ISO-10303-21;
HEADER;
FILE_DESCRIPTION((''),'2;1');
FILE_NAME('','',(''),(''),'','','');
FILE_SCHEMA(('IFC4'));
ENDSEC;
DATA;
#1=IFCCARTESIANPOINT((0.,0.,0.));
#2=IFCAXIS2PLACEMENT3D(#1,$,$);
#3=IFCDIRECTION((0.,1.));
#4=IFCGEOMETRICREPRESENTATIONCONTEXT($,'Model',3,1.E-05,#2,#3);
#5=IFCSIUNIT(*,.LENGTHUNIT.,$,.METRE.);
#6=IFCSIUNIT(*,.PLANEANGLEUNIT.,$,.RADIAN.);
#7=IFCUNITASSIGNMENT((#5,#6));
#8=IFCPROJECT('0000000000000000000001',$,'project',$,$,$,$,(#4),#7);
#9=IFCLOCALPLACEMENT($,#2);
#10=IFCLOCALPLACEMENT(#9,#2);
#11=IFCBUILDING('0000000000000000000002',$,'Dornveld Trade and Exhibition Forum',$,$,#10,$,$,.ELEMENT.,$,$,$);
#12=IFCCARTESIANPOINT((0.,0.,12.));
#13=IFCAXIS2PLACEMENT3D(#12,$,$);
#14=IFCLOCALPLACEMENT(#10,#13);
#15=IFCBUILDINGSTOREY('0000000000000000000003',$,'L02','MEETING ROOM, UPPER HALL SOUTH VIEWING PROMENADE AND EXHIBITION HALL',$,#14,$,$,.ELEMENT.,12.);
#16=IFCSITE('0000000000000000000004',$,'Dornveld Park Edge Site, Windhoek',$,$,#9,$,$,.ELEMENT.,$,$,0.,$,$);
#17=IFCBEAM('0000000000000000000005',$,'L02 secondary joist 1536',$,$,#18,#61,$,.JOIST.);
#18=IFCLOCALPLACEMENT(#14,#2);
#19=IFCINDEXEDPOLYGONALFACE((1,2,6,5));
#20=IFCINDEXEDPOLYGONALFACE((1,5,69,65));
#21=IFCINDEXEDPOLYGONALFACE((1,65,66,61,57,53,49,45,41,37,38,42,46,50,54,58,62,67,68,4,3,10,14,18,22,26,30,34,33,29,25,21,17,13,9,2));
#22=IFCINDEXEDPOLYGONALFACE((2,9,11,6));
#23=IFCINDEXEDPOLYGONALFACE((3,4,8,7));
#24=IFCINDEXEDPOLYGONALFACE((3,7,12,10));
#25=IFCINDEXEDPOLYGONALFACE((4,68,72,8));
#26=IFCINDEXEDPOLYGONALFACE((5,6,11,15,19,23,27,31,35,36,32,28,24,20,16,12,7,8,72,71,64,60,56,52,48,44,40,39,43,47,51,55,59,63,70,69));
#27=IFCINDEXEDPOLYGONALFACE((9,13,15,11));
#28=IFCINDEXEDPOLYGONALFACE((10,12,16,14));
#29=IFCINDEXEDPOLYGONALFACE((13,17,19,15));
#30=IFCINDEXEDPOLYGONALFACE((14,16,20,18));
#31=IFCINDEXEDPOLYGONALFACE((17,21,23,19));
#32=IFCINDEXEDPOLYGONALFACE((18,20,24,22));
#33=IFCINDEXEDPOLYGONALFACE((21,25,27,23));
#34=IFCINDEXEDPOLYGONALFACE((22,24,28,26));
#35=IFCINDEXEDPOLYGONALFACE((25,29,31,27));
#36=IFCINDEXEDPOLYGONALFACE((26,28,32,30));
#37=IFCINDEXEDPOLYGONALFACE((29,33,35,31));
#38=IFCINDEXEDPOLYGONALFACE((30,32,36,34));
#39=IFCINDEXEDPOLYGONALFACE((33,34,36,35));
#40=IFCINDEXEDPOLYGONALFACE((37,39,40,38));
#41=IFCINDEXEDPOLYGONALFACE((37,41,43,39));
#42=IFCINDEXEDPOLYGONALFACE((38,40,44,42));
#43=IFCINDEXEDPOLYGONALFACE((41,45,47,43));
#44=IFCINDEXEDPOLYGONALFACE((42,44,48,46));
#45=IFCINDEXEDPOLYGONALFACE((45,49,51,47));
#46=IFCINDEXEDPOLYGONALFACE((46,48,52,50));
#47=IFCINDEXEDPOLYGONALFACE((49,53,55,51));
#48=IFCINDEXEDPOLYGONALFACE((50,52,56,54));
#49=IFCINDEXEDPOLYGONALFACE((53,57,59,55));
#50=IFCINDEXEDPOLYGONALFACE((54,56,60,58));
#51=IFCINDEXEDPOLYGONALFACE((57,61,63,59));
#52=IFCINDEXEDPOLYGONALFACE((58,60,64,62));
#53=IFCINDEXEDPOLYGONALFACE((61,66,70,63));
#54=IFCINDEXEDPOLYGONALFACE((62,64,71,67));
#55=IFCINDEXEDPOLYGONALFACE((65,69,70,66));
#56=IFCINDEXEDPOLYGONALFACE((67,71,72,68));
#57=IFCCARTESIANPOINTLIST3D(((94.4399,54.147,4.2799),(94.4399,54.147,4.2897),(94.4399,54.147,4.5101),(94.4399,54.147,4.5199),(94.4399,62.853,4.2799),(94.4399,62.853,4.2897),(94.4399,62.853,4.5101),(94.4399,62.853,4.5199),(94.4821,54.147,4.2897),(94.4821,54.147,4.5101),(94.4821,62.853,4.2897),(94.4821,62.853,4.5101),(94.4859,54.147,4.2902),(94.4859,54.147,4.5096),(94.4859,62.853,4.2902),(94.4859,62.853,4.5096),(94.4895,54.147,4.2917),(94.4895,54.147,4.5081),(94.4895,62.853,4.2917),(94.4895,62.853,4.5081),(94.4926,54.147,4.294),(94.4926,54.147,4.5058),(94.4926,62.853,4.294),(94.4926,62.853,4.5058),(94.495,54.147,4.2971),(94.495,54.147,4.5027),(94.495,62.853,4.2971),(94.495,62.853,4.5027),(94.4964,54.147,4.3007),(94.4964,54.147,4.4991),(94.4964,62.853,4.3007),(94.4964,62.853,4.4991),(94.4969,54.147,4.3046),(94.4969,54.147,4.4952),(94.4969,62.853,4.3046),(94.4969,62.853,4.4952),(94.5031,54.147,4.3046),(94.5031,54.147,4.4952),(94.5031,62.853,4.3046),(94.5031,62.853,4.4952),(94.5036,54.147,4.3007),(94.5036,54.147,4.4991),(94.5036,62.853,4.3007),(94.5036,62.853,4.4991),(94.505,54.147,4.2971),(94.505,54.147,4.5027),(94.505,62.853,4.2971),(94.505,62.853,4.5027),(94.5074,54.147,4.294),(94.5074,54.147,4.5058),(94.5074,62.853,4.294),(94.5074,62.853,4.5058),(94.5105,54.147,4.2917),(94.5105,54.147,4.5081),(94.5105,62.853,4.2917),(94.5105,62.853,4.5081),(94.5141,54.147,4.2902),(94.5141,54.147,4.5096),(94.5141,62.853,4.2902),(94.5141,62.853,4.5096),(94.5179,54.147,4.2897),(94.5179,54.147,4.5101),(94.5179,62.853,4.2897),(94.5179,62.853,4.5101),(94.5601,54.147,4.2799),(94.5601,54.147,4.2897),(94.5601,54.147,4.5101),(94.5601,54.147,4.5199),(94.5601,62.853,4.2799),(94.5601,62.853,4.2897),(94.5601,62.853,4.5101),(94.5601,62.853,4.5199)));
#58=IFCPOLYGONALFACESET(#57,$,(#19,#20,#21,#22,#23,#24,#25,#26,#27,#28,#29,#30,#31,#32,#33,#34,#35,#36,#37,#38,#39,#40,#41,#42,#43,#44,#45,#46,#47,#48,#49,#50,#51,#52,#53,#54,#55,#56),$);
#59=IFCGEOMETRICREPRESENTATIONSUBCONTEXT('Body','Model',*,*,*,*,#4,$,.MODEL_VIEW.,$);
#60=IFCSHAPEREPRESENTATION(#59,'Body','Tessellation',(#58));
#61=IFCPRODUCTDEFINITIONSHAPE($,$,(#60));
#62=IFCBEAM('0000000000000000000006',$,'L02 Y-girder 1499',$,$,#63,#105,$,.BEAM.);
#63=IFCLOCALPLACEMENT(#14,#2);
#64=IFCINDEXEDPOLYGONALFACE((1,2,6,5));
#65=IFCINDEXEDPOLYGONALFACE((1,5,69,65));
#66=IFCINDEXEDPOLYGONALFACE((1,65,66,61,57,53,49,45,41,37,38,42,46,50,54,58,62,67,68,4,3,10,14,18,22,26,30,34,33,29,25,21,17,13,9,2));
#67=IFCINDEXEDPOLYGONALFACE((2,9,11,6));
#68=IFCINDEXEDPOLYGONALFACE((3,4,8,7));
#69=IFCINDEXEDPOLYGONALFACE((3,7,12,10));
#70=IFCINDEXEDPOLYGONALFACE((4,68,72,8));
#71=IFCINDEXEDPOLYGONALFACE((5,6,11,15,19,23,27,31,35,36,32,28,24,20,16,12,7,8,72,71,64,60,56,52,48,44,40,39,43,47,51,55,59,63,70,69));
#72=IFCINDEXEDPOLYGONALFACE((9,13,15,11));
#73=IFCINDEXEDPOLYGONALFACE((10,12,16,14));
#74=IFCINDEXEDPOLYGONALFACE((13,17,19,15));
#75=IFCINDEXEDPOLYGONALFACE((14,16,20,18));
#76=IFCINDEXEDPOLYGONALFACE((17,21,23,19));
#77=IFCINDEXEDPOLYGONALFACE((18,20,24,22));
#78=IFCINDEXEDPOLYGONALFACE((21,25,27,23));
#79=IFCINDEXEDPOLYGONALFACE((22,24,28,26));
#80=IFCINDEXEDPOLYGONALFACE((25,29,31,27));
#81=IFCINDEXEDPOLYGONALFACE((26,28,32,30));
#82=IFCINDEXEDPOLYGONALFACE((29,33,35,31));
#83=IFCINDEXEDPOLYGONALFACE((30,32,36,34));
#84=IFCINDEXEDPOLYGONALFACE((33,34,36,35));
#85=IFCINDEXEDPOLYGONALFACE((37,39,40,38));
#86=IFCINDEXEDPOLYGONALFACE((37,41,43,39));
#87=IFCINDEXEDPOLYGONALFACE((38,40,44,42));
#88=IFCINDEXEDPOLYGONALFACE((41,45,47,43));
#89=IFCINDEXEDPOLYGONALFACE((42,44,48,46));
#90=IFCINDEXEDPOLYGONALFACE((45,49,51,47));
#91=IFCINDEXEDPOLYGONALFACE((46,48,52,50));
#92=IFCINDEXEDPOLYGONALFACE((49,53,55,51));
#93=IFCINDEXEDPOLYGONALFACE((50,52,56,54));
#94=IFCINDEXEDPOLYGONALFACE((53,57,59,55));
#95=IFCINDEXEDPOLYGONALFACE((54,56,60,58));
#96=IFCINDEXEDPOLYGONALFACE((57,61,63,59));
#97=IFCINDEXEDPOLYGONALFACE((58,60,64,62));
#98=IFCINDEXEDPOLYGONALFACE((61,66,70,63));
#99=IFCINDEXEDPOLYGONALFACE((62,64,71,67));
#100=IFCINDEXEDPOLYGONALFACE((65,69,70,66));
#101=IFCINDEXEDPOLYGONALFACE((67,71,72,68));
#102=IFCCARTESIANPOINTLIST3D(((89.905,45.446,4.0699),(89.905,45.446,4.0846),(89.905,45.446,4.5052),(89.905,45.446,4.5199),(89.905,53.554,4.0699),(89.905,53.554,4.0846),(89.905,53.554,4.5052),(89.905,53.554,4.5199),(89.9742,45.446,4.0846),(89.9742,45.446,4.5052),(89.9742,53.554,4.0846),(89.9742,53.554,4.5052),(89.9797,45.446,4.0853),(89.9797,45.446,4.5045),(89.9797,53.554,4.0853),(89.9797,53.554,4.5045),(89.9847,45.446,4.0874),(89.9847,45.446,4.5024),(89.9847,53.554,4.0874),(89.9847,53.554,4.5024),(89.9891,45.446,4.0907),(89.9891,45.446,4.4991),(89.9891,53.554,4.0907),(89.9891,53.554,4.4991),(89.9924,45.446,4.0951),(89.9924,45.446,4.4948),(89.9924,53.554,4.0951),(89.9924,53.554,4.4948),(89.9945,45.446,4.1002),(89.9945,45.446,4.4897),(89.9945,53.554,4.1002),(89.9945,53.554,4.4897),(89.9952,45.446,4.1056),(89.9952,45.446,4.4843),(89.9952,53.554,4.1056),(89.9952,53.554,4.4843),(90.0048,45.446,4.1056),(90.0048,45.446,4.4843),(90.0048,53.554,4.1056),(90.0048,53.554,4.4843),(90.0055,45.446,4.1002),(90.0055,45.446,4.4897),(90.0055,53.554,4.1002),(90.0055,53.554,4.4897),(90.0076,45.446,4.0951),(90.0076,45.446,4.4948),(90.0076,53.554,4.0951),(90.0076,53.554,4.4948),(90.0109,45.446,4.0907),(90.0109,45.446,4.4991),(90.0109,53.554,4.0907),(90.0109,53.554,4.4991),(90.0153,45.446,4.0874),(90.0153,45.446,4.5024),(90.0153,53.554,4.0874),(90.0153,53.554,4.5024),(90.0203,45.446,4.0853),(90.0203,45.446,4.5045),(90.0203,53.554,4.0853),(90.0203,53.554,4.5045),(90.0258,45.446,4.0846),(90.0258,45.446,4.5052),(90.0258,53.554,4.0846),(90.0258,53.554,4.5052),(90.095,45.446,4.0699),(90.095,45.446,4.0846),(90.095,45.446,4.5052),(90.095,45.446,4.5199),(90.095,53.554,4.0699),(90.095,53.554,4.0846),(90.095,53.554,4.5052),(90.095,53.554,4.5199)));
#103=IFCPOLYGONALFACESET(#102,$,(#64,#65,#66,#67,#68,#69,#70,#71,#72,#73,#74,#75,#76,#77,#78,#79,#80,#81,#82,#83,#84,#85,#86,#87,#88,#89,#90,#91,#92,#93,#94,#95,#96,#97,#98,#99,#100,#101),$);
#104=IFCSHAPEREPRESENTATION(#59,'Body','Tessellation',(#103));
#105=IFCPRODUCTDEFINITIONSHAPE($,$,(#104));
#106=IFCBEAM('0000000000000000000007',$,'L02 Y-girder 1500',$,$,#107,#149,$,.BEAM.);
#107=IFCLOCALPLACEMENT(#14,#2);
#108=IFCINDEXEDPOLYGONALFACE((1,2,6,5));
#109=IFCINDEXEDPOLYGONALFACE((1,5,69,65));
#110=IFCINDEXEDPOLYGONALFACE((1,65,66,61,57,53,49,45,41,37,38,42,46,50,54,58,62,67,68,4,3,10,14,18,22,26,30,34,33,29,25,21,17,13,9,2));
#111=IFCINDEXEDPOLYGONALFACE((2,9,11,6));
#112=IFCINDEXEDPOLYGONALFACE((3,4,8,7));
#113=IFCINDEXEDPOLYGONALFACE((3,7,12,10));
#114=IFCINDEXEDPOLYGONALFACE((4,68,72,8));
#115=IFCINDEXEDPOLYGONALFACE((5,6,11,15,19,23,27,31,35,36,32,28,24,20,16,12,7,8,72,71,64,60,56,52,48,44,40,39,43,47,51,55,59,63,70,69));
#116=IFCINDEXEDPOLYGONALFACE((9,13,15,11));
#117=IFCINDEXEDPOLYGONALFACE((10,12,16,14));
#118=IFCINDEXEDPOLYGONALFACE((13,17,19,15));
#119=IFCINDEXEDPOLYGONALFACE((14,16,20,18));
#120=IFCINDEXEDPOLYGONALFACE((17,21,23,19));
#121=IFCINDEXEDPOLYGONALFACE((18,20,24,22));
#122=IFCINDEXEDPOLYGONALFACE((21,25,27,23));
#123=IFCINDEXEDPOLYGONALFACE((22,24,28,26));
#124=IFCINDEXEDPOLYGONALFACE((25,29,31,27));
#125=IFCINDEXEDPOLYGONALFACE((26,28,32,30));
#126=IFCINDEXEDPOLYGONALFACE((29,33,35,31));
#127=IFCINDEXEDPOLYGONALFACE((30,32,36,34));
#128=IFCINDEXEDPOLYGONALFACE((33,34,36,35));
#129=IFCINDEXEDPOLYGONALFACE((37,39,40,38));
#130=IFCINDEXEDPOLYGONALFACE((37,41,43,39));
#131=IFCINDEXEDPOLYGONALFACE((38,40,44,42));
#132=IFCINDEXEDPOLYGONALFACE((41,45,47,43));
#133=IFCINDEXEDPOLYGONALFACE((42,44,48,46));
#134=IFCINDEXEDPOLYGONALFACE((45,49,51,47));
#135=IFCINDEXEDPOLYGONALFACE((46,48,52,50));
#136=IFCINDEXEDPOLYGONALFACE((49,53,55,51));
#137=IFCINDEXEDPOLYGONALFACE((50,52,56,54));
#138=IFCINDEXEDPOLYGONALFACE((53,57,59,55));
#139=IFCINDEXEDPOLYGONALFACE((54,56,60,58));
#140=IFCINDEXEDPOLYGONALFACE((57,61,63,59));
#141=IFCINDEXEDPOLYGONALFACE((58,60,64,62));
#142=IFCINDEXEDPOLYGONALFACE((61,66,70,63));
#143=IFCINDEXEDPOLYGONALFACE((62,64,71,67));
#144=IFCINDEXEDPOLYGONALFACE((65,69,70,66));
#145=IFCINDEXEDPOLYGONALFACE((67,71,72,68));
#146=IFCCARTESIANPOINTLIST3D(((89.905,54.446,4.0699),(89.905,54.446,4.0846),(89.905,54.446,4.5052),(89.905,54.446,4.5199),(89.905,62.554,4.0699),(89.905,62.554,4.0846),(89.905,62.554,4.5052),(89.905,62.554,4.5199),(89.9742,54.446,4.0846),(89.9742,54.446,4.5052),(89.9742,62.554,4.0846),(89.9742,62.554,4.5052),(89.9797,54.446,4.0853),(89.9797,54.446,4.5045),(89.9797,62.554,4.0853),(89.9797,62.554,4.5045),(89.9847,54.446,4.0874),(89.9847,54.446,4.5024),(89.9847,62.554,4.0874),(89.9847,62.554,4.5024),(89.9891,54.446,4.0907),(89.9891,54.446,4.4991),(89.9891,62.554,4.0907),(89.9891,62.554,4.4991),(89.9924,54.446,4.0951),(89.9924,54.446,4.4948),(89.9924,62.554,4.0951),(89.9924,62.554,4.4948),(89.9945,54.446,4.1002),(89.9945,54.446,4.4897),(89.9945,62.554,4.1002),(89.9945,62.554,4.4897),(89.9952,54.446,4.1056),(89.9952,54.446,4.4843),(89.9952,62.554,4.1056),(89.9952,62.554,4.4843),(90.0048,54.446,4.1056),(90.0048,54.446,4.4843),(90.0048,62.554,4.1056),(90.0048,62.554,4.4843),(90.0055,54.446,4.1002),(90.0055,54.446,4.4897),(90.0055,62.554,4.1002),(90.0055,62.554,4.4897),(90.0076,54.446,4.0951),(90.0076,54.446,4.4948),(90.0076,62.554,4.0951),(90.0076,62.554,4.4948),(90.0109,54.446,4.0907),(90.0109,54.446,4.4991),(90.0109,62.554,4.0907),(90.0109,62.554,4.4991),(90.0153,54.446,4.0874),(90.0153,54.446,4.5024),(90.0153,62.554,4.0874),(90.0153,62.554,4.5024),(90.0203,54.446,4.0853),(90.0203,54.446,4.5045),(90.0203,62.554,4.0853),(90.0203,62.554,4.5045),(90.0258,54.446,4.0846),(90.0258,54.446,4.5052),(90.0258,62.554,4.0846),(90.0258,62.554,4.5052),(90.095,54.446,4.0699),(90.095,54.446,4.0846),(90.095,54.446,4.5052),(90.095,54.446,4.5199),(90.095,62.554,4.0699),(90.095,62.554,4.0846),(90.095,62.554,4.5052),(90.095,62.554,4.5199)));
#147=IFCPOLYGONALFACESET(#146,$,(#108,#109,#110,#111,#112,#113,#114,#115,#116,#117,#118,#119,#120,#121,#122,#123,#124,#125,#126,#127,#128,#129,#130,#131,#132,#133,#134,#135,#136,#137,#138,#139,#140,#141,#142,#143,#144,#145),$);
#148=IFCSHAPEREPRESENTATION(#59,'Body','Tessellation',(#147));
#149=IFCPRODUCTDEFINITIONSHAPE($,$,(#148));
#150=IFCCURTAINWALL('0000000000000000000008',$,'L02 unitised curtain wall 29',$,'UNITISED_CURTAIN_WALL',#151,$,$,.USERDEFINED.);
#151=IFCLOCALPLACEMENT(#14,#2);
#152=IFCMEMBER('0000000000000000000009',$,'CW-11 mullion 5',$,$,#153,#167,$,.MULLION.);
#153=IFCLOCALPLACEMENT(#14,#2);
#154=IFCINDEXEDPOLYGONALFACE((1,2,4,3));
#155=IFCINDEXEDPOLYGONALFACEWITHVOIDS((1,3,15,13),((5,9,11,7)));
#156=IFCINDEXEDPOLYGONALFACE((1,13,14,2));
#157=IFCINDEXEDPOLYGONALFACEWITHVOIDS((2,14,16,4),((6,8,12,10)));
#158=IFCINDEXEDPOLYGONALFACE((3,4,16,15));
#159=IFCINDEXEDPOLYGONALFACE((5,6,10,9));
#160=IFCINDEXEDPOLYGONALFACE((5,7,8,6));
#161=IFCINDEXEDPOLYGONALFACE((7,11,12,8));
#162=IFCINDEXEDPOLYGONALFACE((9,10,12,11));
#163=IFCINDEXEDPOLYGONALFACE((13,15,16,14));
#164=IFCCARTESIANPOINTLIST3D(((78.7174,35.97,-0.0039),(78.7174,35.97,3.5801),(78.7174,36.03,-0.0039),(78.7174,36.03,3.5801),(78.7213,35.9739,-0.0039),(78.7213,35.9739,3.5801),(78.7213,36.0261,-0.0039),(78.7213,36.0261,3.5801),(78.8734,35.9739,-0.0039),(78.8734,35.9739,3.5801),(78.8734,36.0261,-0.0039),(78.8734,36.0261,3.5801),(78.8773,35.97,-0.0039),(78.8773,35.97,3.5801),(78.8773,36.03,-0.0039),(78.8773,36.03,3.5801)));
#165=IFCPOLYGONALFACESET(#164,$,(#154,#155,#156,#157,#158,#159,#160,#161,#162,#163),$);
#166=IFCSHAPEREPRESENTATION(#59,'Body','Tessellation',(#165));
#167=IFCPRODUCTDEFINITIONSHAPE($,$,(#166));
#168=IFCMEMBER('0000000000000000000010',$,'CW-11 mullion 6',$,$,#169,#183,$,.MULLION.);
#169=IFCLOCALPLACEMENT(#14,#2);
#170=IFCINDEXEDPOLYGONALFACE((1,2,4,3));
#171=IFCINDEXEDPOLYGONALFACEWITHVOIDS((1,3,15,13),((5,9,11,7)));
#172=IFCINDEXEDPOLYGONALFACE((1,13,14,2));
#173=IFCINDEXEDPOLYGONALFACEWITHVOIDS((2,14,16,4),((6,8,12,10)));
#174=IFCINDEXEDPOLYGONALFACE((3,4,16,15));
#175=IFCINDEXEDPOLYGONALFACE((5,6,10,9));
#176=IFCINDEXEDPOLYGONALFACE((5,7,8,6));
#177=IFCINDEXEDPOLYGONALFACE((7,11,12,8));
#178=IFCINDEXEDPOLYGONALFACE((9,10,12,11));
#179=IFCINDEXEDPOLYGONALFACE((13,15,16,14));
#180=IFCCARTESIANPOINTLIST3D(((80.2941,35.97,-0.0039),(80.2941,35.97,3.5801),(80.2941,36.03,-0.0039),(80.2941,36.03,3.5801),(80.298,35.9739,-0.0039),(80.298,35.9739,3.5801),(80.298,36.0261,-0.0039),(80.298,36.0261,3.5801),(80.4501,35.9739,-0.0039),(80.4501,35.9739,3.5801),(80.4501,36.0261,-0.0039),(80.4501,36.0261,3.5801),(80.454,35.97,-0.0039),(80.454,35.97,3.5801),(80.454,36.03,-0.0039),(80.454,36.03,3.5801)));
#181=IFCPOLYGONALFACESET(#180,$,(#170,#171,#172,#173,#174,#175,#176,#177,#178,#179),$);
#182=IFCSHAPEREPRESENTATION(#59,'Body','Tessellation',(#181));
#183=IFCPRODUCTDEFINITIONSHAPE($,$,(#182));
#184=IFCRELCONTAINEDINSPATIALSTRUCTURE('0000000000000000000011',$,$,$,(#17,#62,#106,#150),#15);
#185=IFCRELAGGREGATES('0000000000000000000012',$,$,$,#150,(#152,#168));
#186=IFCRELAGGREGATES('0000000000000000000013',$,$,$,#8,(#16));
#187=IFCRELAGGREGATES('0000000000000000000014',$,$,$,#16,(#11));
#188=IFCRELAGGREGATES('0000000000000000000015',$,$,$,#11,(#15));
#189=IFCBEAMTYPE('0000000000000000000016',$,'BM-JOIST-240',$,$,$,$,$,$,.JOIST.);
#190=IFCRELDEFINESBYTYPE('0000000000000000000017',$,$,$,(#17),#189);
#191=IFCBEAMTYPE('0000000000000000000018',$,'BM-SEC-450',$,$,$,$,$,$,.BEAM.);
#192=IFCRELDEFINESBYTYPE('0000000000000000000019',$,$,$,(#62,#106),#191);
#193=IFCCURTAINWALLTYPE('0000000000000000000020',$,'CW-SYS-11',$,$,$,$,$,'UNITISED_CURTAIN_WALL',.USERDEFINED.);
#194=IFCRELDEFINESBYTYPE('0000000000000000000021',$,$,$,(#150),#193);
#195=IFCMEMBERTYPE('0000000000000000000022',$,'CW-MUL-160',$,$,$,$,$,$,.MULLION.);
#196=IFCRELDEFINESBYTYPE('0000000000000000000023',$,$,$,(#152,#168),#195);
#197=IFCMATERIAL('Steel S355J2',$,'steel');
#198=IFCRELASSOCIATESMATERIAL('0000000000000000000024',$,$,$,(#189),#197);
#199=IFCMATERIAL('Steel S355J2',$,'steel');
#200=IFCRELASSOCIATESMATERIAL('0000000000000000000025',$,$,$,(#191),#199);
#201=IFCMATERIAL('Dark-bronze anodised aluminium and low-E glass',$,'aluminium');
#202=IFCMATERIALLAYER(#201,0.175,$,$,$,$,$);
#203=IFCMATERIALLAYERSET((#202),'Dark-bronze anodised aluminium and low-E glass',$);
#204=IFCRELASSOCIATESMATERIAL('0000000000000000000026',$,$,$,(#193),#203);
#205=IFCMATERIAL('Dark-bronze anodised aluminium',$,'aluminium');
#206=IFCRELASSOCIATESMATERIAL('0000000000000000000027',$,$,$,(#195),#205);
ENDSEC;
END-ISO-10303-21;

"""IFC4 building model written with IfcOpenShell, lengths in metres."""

from ifc_helpers import new_model, si_unit, direction, frame, origin, origin_2d, place, context, subcontext, project, spatial, hollow_rectangle, i_section, extrude, material, layer, layer_set, material_profile, profile_set, type_object, element, aggregate, save


model = new_model("IFC4")

# Units and contexts
model_context = context("Model", 3, precision=1e-05, world=origin(), true_north=direction((0.0, 1.0)))
body_context = subcontext(model_context, "Body", "Model", "MODEL_VIEW")
ifc_project = project(units=[si_unit("LENGTHUNIT", "METRE"), si_unit("PLANEANGLEUNIT", "RADIAN")], contexts=[model_context])

# Site, building, storey
site_placement = place(None, origin())
site = spatial("IfcSite", under=ifc_project, at=site_placement, Name="Dornveld Park Edge Site, Windhoek", CompositionType="ELEMENT", RefElevation=0.0)
building_placement = place(site_placement, origin())
building = spatial("IfcBuilding", under=site, at=building_placement, Name="Dornveld Trade and Exhibition Forum", CompositionType="ELEMENT")
storey_placement = place(building_placement, frame((0.0, 0.0, 12.0)))
storey = spatial("IfcBuildingStorey", under=building, at=storey_placement, Name="L02", Description="MEETING ROOM, UPPER HALL SOUTH VIEWING PROMENADE AND EXHIBITION HALL", CompositionType="ELEMENT", Elevation=12.0)

# Beams
ifc_material_1 = material(Name="Steel S355J2", Category="steel")
ifc_material_profile_1 = material_profile(ifc_material_1, i_section(OverallWidth=0.1201, OverallDepth=0.24, WebThickness=0.0061, FlangeThickness=0.0098, FilletRadius=0.0149, at=origin_2d()), Name="IPE 240")
ifc_profile_set_1 = profile_set([ifc_material_profile_1], Name="Steel S355J2")
beam_type_1 = type_object("IfcBeamType", Name="BM-JOIST-240", PredefinedType="JOIST", material=ifc_profile_set_1)
for number, where, z_axis, x_axis, name in (
    (1, (94.5, 54.147, 4.3999), (0.0, 1.0, 0.0), (-1.0, 0.0, 0.0), "L02 secondary joist 1536"),
):
    element("IfcBeam", number, at=place(storey_placement, frame(where, z_axis=z_axis, x_axis=x_axis)), inside=storey, type_object=beam_type_1, Name=name, PredefinedType="JOIST", context=body_context, shape_type="SweptSolid", body=[
        extrude(i_section(OverallWidth=0.1201, OverallDepth=0.24, WebThickness=0.0061, FlangeThickness=0.0098, FilletRadius=0.0149, at=origin_2d()), origin(), (0.0, 0.0, 1.0), 8.7061),
    ])
ifc_material_2 = material(Name="Steel S355J2", Category="steel")
ifc_material_profile_2 = material_profile(ifc_material_2, i_section(OverallWidth=0.1899, OverallDepth=0.45, WebThickness=0.0095, FlangeThickness=0.0146, FilletRadius=0.021, at=origin_2d()), Name="IPE 450")
ifc_profile_set_2 = profile_set([ifc_material_profile_2], Name="Steel S355J2")
beam_type_2 = type_object("IfcBeamType", Name="BM-SEC-450", PredefinedType="BEAM", material=ifc_profile_set_2)
for number, where, z_axis, x_axis, name in (
    (2, (90.0, 45.446, 4.2949), (0.0, 1.0, 0.0), (-1.0, 0.0, 0.0), "L02 Y-girder 1499"),
    (3, (90.0, 54.446, 4.2949), (0.0, 1.0, 0.0), (-1.0, 0.0, 0.0), "L02 Y-girder 1500"),
):
    element("IfcBeam", number, at=place(storey_placement, frame(where, z_axis=z_axis, x_axis=x_axis)), inside=storey, type_object=beam_type_2, Name=name, PredefinedType="BEAM", context=body_context, shape_type="SweptSolid", body=[
        extrude(i_section(OverallWidth=0.1899, OverallDepth=0.45, WebThickness=0.0095, FlangeThickness=0.0146, FilletRadius=0.021, at=origin_2d()), origin(), (0.0, 0.0, 1.0), 8.1079),
    ])

# Curtain wall, members
ifc_material_3 = material(Name="Dark-bronze anodised aluminium and low-E glass", Category="aluminium")
ifc_layer_1 = layer(ifc_material_3, 0.175)
ifc_layer_set_1 = layer_set([ifc_layer_1], Name="Dark-bronze anodised aluminium and low-E glass")
curtain_wall_type = type_object("IfcCurtainWallType", Name="CW-SYS-11", ElementType="UNITISED_CURTAIN_WALL", PredefinedType="USERDEFINED", material=ifc_layer_set_1)
curtain_wall_placement = place(storey_placement, origin())
curtain_wall = element("IfcCurtainWall", 4, at=curtain_wall_placement, inside=storey, type_object=curtain_wall_type, Name="L02 unitised curtain wall 29", ObjectType="UNITISED_CURTAIN_WALL", PredefinedType="USERDEFINED")
ifc_material_4 = material(Name="Dark-bronze anodised aluminium", Category="aluminium")
ifc_material_profile_3 = material_profile(ifc_material_4, hollow_rectangle(XDim=0.0601, YDim=0.1599, WallThickness=0.0039, at=origin_2d()), Name="RHS 160x60x4")
ifc_profile_set_3 = profile_set([ifc_material_profile_3], Name="Dark-bronze anodised aluminium")
member_type_1 = type_object("IfcMemberType", Name="CW-MUL-160", PredefinedType="MULLION", material=ifc_profile_set_3)
member_1_placement = place(storey_placement, frame((78.7974, 36.0, -0.0039), z_axis=(0.0, 0.0, 1.0), x_axis=(0.0, 1.0, 0.0)))
member_1 = element("IfcMember", 5, at=member_1_placement, type_object=member_type_1, Name="CW-11 mullion 5", PredefinedType="MULLION", context=body_context, shape_type="SweptSolid", body=[
    extrude(hollow_rectangle(XDim=0.0601, YDim=0.1599, WallThickness=0.0039, at=origin_2d()), origin(), (0.0, 0.0, 1.0), 3.584),
])
member_2_placement = place(storey_placement, frame((80.374, 36.0, -0.0039), z_axis=(0.0, 0.0, 1.0), x_axis=(0.0, 1.0, 0.0)))
member_2 = element("IfcMember", 6, at=member_2_placement, type_object=member_type_1, Name="CW-11 mullion 6", PredefinedType="MULLION", context=body_context, shape_type="SweptSolid", body=[
    extrude(hollow_rectangle(XDim=0.0601, YDim=0.1599, WallThickness=0.0039, at=origin_2d()), origin(), (0.0, 0.0, 1.0), 3.584),
])

aggregate(curtain_wall, [member_1, member_2])

save(model, "model.ifc")
